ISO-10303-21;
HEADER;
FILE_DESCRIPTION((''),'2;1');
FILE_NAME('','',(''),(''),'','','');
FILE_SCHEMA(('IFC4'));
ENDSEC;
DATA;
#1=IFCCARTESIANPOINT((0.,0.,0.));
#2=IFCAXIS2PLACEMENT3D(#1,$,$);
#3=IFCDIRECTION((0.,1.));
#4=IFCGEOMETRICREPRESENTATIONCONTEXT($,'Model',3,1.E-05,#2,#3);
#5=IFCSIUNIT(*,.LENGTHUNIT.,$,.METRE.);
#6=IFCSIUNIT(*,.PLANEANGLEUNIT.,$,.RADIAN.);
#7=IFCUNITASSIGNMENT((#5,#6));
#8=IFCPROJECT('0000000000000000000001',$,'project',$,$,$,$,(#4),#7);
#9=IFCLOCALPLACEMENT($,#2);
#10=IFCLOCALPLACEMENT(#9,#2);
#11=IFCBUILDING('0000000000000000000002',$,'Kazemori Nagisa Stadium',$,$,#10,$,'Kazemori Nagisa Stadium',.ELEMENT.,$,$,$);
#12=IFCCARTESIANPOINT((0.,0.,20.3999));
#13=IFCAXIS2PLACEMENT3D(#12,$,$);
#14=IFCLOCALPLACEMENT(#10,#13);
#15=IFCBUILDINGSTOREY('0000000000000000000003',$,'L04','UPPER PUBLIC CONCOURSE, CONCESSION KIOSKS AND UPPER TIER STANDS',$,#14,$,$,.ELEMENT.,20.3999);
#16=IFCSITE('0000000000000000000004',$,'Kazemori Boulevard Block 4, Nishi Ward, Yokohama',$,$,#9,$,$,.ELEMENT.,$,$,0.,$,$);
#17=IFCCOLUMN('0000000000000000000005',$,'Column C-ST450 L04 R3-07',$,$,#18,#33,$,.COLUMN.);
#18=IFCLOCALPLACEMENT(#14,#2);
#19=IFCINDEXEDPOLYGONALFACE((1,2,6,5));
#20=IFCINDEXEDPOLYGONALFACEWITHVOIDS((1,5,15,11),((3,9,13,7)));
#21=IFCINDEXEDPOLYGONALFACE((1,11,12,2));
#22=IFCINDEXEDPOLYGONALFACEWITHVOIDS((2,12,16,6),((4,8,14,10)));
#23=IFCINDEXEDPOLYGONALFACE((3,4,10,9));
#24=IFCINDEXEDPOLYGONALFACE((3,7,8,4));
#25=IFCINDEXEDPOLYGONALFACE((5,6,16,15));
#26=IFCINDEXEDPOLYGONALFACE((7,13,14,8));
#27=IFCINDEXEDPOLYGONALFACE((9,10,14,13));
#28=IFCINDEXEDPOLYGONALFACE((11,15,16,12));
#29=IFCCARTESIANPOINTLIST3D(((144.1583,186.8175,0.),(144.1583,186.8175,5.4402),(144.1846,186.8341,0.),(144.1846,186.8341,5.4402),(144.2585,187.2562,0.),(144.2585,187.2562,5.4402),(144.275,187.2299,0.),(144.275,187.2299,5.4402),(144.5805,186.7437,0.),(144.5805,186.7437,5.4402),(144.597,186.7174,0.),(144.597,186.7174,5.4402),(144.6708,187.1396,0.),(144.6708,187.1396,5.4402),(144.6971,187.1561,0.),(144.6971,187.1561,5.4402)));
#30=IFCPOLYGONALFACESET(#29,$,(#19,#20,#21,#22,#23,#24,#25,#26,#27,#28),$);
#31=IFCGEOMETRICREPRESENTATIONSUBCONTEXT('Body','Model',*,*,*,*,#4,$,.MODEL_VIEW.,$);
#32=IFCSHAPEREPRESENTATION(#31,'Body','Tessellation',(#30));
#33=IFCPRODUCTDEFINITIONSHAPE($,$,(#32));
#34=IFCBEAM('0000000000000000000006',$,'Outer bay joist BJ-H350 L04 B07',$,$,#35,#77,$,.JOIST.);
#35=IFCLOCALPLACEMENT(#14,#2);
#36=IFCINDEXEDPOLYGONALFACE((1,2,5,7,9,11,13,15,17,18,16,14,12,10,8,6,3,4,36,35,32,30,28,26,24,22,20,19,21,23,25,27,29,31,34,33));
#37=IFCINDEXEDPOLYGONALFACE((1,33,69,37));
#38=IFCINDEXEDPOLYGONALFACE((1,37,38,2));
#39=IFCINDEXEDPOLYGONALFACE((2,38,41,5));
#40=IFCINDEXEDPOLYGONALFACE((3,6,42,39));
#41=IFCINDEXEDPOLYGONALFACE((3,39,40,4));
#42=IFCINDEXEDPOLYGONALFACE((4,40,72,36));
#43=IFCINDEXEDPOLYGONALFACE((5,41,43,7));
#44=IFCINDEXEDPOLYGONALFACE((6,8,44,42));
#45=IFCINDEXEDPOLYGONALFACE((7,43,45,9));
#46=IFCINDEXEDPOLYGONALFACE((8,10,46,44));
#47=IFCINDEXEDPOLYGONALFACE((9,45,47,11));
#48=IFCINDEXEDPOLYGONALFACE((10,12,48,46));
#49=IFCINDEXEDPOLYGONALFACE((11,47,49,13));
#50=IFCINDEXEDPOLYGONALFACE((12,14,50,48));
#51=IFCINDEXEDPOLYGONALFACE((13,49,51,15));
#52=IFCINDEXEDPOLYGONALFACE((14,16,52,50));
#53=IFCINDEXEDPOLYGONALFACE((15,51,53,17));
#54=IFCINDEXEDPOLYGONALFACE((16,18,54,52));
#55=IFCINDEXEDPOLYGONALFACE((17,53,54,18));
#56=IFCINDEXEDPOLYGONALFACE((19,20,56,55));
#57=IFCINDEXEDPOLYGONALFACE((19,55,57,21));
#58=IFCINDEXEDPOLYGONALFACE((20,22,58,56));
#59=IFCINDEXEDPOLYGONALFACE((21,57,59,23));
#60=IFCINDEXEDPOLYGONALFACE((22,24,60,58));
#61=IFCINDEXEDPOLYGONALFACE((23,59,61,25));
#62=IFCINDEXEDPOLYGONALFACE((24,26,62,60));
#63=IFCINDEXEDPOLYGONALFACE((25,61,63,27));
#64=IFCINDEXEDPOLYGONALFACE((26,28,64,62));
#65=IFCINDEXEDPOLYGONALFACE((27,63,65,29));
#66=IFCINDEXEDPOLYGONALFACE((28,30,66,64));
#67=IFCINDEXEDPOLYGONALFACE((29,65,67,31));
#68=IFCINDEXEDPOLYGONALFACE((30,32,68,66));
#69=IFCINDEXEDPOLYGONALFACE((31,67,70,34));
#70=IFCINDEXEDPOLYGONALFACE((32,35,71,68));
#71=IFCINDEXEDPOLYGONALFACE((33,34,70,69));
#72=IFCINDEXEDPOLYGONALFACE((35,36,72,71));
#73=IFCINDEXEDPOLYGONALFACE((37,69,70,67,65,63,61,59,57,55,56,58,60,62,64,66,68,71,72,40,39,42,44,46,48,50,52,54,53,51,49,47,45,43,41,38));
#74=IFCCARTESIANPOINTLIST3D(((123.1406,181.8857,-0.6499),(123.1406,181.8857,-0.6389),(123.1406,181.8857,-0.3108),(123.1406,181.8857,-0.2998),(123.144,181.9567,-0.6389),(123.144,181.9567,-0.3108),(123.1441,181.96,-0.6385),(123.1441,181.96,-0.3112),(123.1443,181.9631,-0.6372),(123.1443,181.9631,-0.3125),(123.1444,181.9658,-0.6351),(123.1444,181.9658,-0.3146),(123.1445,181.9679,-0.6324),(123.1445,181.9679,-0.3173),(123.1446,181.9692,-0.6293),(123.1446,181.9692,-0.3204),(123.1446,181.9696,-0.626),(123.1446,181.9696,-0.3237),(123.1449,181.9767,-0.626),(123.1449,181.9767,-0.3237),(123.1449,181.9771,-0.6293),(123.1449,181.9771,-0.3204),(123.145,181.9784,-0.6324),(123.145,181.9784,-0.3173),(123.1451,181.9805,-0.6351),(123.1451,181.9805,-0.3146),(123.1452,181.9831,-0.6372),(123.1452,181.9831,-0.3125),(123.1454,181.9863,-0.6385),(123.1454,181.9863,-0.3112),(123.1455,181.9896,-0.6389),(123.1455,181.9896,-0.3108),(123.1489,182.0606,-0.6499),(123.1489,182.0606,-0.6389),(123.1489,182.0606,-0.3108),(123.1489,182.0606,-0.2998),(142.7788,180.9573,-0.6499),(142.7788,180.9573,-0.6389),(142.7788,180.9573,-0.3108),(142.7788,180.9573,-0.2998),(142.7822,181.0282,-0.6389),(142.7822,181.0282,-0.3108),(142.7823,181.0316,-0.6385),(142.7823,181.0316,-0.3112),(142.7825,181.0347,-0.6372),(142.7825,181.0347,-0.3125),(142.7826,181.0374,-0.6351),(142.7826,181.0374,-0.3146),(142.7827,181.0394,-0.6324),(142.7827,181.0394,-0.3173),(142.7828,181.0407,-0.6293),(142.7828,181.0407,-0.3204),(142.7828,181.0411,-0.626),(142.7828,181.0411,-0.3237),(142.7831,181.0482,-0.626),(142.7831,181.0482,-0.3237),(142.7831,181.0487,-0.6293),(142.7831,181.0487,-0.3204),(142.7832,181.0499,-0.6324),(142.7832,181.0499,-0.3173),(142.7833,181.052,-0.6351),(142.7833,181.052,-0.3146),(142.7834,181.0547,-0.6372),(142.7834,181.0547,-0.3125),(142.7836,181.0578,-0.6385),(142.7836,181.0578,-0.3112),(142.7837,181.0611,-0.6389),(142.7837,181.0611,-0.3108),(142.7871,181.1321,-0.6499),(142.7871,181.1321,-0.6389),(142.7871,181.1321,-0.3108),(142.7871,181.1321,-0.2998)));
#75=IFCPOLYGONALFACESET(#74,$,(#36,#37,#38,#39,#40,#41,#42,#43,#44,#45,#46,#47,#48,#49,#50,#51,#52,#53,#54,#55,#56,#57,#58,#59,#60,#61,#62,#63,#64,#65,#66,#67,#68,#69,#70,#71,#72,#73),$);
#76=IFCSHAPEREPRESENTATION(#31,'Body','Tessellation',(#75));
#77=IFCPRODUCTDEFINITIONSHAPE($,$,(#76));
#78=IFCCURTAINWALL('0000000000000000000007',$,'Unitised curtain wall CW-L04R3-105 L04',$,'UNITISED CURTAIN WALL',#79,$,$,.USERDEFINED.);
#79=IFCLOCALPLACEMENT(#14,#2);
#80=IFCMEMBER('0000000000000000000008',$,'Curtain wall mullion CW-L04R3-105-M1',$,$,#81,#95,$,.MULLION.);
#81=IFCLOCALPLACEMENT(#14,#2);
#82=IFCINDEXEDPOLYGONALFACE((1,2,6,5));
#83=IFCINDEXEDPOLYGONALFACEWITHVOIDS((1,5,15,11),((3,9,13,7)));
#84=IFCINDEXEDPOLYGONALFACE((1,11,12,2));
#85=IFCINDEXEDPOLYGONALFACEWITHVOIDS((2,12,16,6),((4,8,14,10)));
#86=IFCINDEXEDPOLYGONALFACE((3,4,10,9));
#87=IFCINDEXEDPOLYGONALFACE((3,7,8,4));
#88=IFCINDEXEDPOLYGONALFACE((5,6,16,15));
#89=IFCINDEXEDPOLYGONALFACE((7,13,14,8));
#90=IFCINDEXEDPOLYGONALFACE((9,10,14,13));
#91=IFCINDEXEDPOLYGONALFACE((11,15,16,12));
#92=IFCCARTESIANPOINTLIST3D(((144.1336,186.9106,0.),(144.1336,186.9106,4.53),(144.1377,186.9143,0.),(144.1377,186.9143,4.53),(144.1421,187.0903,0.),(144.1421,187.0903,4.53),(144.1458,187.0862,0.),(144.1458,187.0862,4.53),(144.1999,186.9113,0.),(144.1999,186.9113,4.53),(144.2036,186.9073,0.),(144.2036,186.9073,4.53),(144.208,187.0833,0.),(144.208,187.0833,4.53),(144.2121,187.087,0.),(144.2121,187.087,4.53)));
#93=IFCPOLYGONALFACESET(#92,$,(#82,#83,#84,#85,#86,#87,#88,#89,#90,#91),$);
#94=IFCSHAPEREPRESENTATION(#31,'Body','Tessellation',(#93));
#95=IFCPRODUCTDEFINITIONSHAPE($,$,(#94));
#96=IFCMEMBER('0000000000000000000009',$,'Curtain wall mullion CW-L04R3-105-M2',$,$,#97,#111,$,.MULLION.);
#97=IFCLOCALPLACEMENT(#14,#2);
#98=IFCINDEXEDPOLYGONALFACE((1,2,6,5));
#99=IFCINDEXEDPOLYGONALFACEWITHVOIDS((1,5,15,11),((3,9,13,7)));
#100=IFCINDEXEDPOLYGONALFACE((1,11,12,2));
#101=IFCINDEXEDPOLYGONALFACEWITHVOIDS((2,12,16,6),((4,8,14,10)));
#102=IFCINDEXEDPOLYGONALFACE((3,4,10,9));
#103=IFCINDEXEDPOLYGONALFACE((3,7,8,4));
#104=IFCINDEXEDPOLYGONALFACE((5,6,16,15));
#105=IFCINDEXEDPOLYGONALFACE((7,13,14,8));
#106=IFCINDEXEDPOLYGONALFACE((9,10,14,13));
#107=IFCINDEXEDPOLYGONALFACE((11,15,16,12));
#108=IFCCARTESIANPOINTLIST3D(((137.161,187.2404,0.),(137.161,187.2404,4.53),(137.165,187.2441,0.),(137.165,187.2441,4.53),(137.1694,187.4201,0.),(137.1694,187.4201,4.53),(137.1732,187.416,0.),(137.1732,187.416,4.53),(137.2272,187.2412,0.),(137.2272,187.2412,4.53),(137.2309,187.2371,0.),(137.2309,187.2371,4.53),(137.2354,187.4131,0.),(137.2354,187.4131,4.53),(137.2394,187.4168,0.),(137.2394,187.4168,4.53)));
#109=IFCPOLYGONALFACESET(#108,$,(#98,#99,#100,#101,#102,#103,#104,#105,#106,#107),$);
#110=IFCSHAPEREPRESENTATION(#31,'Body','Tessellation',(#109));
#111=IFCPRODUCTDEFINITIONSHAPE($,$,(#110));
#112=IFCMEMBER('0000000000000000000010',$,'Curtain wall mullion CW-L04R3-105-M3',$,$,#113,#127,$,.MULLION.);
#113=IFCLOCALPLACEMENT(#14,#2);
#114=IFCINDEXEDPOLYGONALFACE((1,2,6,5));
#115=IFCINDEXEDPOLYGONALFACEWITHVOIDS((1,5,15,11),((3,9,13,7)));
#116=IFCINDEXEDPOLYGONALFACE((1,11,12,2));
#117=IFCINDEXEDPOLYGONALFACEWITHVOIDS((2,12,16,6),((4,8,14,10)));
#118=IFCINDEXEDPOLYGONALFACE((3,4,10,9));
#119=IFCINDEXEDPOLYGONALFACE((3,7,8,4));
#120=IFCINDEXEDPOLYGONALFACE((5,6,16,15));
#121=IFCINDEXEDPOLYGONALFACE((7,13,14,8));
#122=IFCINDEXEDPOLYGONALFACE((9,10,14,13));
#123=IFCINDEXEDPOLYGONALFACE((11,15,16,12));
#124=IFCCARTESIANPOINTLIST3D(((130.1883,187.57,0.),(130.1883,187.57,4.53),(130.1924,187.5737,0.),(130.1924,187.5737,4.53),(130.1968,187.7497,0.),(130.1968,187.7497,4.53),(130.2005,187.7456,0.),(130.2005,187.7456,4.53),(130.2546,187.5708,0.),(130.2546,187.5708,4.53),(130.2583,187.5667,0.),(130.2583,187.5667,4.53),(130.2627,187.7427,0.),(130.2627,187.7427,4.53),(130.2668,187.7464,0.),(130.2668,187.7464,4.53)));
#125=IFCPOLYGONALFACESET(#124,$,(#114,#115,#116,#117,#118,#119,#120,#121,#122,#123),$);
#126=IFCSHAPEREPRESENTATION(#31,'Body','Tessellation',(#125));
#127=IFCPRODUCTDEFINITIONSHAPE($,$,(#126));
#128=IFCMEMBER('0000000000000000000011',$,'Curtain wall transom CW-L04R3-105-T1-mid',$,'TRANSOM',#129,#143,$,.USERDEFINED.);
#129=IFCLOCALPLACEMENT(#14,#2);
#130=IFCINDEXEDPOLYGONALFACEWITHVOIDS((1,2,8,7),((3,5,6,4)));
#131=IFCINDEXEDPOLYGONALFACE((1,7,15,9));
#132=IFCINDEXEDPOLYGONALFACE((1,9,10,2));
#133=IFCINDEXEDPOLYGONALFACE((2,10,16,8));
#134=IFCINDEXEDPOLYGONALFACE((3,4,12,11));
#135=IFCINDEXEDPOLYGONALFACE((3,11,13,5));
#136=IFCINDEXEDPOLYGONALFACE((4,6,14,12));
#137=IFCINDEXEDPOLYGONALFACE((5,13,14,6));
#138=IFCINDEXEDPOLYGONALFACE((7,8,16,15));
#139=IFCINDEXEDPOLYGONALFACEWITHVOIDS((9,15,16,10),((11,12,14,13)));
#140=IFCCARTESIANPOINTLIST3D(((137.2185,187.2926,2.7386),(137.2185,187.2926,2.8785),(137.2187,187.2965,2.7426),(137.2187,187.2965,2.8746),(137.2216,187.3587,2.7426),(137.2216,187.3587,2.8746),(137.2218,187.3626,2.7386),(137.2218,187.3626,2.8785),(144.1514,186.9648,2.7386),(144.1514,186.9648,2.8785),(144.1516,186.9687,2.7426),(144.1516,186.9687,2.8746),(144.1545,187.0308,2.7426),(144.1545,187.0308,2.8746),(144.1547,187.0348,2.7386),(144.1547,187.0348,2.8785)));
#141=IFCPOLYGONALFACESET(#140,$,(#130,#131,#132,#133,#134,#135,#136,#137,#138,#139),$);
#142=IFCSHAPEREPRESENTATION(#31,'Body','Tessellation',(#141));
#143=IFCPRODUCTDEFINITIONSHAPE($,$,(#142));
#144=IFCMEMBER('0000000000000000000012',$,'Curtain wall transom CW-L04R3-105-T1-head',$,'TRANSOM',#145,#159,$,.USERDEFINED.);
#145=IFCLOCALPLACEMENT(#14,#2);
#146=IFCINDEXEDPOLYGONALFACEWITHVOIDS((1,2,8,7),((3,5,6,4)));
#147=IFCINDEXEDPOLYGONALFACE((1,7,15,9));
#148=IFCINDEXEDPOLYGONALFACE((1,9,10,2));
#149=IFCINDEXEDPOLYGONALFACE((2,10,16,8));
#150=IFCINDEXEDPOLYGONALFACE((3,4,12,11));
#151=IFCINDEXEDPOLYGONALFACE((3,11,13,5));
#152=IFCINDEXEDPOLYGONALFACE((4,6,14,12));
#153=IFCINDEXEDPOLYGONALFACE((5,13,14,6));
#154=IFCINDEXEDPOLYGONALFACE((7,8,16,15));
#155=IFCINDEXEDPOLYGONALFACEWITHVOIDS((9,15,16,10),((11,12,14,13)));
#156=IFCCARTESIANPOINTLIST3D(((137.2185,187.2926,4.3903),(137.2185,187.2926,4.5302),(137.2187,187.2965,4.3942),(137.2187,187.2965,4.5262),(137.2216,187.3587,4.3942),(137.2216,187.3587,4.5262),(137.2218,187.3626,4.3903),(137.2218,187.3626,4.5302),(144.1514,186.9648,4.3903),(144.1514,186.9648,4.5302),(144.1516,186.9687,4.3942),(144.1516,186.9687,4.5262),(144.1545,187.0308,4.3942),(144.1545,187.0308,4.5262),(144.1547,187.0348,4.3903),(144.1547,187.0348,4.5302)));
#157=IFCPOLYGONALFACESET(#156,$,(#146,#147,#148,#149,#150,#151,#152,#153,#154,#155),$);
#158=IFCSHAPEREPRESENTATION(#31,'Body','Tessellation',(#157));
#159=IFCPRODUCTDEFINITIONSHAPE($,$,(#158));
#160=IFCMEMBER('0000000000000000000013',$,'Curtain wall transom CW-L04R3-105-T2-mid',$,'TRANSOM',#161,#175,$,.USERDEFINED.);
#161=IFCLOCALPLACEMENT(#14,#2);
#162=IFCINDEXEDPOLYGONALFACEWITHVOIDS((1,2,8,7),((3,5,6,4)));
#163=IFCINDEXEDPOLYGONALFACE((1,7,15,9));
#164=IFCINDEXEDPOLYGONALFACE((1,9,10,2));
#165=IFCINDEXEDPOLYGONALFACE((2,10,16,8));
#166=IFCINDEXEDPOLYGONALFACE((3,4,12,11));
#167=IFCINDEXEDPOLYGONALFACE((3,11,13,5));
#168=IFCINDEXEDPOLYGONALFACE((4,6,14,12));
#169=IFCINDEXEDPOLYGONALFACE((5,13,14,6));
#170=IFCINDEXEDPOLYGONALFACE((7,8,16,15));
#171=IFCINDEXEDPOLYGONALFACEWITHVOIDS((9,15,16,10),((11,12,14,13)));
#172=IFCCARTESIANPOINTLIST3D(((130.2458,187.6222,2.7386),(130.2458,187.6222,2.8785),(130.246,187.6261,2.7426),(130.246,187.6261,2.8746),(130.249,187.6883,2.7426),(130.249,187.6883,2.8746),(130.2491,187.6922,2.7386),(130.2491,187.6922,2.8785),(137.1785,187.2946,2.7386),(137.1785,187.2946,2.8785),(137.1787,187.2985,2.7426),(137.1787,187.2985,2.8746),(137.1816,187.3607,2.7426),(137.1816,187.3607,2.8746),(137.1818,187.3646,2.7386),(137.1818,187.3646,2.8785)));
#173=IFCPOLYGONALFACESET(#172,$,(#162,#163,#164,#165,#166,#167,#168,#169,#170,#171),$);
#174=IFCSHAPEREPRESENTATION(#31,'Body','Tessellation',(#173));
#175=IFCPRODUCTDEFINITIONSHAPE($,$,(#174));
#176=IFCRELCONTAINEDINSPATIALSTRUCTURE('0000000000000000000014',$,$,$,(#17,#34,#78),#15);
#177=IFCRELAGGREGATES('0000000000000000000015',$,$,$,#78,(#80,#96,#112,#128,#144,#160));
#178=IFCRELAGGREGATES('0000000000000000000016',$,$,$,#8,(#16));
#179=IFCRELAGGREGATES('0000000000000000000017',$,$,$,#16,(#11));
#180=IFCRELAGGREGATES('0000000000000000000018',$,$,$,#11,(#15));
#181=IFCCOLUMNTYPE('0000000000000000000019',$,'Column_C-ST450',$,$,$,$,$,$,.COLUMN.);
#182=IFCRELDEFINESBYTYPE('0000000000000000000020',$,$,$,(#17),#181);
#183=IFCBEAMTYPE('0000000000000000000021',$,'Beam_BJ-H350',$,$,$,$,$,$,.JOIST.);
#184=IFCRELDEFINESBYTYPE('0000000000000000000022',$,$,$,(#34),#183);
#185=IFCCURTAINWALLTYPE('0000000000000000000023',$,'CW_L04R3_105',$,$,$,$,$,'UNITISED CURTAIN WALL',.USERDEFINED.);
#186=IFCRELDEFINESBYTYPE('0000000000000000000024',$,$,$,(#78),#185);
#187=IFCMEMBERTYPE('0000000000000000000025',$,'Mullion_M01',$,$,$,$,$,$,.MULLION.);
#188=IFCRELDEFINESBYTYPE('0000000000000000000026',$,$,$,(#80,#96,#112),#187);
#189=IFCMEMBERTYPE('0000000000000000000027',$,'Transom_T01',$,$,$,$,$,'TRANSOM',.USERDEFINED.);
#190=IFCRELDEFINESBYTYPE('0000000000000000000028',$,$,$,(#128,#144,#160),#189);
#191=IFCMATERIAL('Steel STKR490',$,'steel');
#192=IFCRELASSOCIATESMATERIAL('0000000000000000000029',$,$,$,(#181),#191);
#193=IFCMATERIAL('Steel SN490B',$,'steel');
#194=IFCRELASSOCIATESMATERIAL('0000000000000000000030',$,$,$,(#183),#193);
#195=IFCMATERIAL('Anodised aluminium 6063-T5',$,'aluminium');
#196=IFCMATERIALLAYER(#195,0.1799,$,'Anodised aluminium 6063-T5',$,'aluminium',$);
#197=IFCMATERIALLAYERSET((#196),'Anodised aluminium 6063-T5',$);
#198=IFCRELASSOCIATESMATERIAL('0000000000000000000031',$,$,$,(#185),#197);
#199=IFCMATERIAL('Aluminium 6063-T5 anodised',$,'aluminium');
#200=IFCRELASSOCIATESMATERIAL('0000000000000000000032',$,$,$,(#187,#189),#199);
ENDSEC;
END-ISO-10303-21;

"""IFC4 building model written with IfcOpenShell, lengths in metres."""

from ifc_helpers import new_model, si_unit, direction, frame, origin, origin_2d, place, context, subcontext, project, spatial, hollow_rectangle, i_section, extrude, material, layer, layer_set, material_profile, profile_set, type_object, element, aggregate, save


model = new_model("IFC4")

# Units and contexts
model_context = context("Model", 3, precision=1e-05, world=origin(), true_north=direction((0.0, 1.0)))
body_context = subcontext(model_context, "Body", "Model", "MODEL_VIEW")
ifc_project = project(units=[si_unit("LENGTHUNIT", "METRE"), si_unit("PLANEANGLEUNIT", "RADIAN")], contexts=[model_context])

# Site, building, storey
site_placement = place(None, origin())
site = spatial("IfcSite", under=ifc_project, at=site_placement, Name="Kazemori Boulevard Block 4, Nishi Ward, Yokohama", CompositionType="ELEMENT", RefElevation=0.0)
building_placement = place(site_placement, origin())
building = spatial("IfcBuilding", under=site, at=building_placement, Name="Kazemori Nagisa Stadium", LongName="Kazemori Nagisa Stadium", CompositionType="ELEMENT")
storey_placement = place(building_placement, frame((0.0, 0.0, 20.3999)))
storey = spatial("IfcBuildingStorey", under=building, at=storey_placement, Name="L04", Description="UPPER PUBLIC CONCOURSE, CONCESSION KIOSKS AND UPPER TIER STANDS", CompositionType="ELEMENT", Elevation=20.3999)

# Column
ifc_material_1 = material(Name="Steel STKR490", Category="steel")
ifc_material_profile_1 = material_profile(ifc_material_1, hollow_rectangle(XDim=0.45, YDim=0.45, WallThickness=0.022, at=origin_2d()), Name="SHS-450x450x22")
ifc_profile_set_1 = profile_set([ifc_material_profile_1], Name="Steel STKR490")
column_type = type_object("IfcColumnType", Name="Column_C-ST450", PredefinedType="COLUMN", material=ifc_profile_set_1)
column_placement = place(storey_placement, frame((144.4277, 186.9868, 0.0), z_axis=(0.0, 0.0, 1.0), x_axis=(0.222521, 0.974928, 0.0)))
element("IfcColumn", 1, at=column_placement, inside=storey, type_object=column_type, Name="Column C-ST450 L04 R3-07", PredefinedType="COLUMN", context=body_context, shape_type="SweptSolid", body=[
    extrude(hollow_rectangle(XDim=0.45, YDim=0.45, WallThickness=0.022, at=origin_2d()), origin(), (0.0, 0.0, 1.0), 5.4402),
])

# Beam
ifc_material_2 = material(Name="Steel SN490B", Category="steel")
ifc_material_profile_2 = material_profile(ifc_material_2, i_section(OverallWidth=0.175, OverallDepth=0.3501, WebThickness=0.0071, FlangeThickness=0.011, FilletRadius=0.0129, at=origin_2d()), Name="H-350x175x7x11")
ifc_profile_set_2 = profile_set([ifc_material_profile_2], Name="Steel SN490B")
beam_type = type_object("IfcBeamType", Name="Beam_BJ-H350", PredefinedType="JOIST", material=ifc_profile_set_2)
beam_placement = place(storey_placement, frame((142.783, 181.0447, -0.4749), z_axis=(-0.998884, 0.047226, 0.0), x_axis=(-0.047226, -0.998884, 0.0)))
element("IfcBeam", 2, at=beam_placement, inside=storey, type_object=beam_type, Name="Outer bay joist BJ-H350 L04 B07", PredefinedType="JOIST", context=body_context, shape_type="SweptSolid", body=[
    extrude(i_section(OverallWidth=0.175, OverallDepth=0.3501, WebThickness=0.0071, FlangeThickness=0.011, FilletRadius=0.0129, at=origin_2d()), origin(), (0.0, 0.0, 1.0), 19.6602),
])

# Curtain wall, members
ifc_material_3 = material(Name="Anodised aluminium 6063-T5", Category="aluminium")
ifc_layer_1 = layer(ifc_material_3, 0.1799, Name="Anodised aluminium 6063-T5", Category="aluminium")
ifc_layer_set_1 = layer_set([ifc_layer_1], Name="Anodised aluminium 6063-T5")
curtain_wall_type = type_object("IfcCurtainWallType", Name="CW_L04R3_105", ElementType="UNITISED CURTAIN WALL", PredefinedType="USERDEFINED", material=ifc_layer_set_1)
curtain_wall_placement = place(storey_placement, origin())
curtain_wall = element("IfcCurtainWall", 3, at=curtain_wall_placement, inside=storey, type_object=curtain_wall_type, Name="Unitised curtain wall CW-L04R3-105 L04", ObjectType="UNITISED CURTAIN WALL", PredefinedType="USERDEFINED")
ifc_material_4 = material(Name="Aluminium 6063-T5 anodised", Category="aluminium")
ifc_material_profile_3 = material_profile(ifc_material_4, hollow_rectangle(XDim=0.0701, YDim=0.1799, WallThickness=0.0039, at=origin_2d()), Name="ALU-MULL-70x180x4")
ifc_profile_set_3 = profile_set([ifc_material_profile_3], Name="Aluminium 6063-T5 anodised")
member_type_1 = type_object("IfcMemberType", Name="Mullion_M01", PredefinedType="MULLION", material=ifc_profile_set_3)
member_1_placement = place(storey_placement, frame((144.1729, 186.9988, 0.0), z_axis=(0.0, 0.0, 1.0), x_axis=(-0.998884, 0.04723, 0.0)))
member_1 = element("IfcMember", 4, at=member_1_placement, type_object=member_type_1, Name="Curtain wall mullion CW-L04R3-105-M1", PredefinedType="MULLION", context=body_context, shape_type="SweptSolid", body=[
    extrude(hollow_rectangle(XDim=0.0701, YDim=0.1799, WallThickness=0.0039, at=origin_2d()), origin(), (0.0, 0.0, 1.0), 4.53),
])
member_2_placement = place(storey_placement, frame((137.2002, 187.3286, 0.0), z_axis=(0.0, 0.0, 1.0), x_axis=(-0.998884, 0.04723, 0.0)))
member_2 = element("IfcMember", 5, at=member_2_placement, type_object=member_type_1, Name="Curtain wall mullion CW-L04R3-105-M2", PredefinedType="MULLION", context=body_context, shape_type="SweptSolid", body=[
    extrude(hollow_rectangle(XDim=0.0701, YDim=0.1799, WallThickness=0.0039, at=origin_2d()), origin(), (0.0, 0.0, 1.0), 4.53),
])
member_3_placement = place(storey_placement, frame((130.2275, 187.6582, 0.0), z_axis=(0.0, 0.0, 1.0), x_axis=(-0.998884, 0.04723, 0.0)))
member_3 = element("IfcMember", 6, at=member_3_placement, type_object=member_type_1, Name="Curtain wall mullion CW-L04R3-105-M3", PredefinedType="MULLION", context=body_context, shape_type="SweptSolid", body=[
    extrude(hollow_rectangle(XDim=0.0701, YDim=0.1799, WallThickness=0.0039, at=origin_2d()), origin(), (0.0, 0.0, 1.0), 4.53),
])
ifc_material_profile_4 = material_profile(ifc_material_4, hollow_rectangle(XDim=0.0701, YDim=0.1399, WallThickness=0.0039, at=origin_2d()), Name="ALU-TRAN-70x140x4")
ifc_profile_set_4 = profile_set([ifc_material_profile_4], Name="Aluminium 6063-T5 anodised")
member_type_2 = type_object("IfcMemberType", Name="Transom_T01", ElementType="TRANSOM", PredefinedType="USERDEFINED", material=ifc_profile_set_4)
member_4_placement = place(storey_placement, frame((144.1531, 186.9998, 2.8086), z_axis=(-0.998884, 0.047241, 0.0), x_axis=(-0.047241, -0.998884, 0.0)))
member_4 = element("IfcMember", 7, at=member_4_placement, type_object=member_type_2, Name="Curtain wall transom CW-L04R3-105-T1-mid", ObjectType="TRANSOM", PredefinedType="USERDEFINED", context=body_context, shape_type="SweptSolid", body=[
    extrude(hollow_rectangle(XDim=0.0701, YDim=0.1399, WallThickness=0.0039, at=origin_2d()), origin(), (0.0, 0.0, 1.0), 6.9407),
])
member_5_placement = place(storey_placement, frame((144.1531, 186.9998, 4.4602), z_axis=(-0.998884, 0.047241, 0.0), x_axis=(-0.047241, -0.998884, 0.0)))
member_5 = element("IfcMember", 8, at=member_5_placement, type_object=member_type_2, Name="Curtain wall transom CW-L04R3-105-T1-head", ObjectType="TRANSOM", PredefinedType="USERDEFINED", context=body_context, shape_type="SweptSolid", body=[
    extrude(hollow_rectangle(XDim=0.0701, YDim=0.1399, WallThickness=0.0039, at=origin_2d()), origin(), (0.0, 0.0, 1.0), 6.9407),
])
member_6_placement = place(storey_placement, frame((137.1802, 187.3296, 2.8086), z_axis=(-0.998885, 0.047207, 0.0), x_axis=(-0.047207, -0.998885, 0.0)))
member_6 = element("IfcMember", 9, at=member_6_placement, type_object=member_type_2, Name="Curtain wall transom CW-L04R3-105-T2-mid", ObjectType="TRANSOM", PredefinedType="USERDEFINED", context=body_context, shape_type="SweptSolid", body=[
    extrude(hollow_rectangle(XDim=0.0701, YDim=0.1399, WallThickness=0.0039, at=origin_2d()), origin(), (0.0, 0.0, 1.0), 6.9404),
])
aggregate(curtain_wall, [member_1, member_2, member_3, member_4, member_5, member_6])

save(model, "model.ifc")
